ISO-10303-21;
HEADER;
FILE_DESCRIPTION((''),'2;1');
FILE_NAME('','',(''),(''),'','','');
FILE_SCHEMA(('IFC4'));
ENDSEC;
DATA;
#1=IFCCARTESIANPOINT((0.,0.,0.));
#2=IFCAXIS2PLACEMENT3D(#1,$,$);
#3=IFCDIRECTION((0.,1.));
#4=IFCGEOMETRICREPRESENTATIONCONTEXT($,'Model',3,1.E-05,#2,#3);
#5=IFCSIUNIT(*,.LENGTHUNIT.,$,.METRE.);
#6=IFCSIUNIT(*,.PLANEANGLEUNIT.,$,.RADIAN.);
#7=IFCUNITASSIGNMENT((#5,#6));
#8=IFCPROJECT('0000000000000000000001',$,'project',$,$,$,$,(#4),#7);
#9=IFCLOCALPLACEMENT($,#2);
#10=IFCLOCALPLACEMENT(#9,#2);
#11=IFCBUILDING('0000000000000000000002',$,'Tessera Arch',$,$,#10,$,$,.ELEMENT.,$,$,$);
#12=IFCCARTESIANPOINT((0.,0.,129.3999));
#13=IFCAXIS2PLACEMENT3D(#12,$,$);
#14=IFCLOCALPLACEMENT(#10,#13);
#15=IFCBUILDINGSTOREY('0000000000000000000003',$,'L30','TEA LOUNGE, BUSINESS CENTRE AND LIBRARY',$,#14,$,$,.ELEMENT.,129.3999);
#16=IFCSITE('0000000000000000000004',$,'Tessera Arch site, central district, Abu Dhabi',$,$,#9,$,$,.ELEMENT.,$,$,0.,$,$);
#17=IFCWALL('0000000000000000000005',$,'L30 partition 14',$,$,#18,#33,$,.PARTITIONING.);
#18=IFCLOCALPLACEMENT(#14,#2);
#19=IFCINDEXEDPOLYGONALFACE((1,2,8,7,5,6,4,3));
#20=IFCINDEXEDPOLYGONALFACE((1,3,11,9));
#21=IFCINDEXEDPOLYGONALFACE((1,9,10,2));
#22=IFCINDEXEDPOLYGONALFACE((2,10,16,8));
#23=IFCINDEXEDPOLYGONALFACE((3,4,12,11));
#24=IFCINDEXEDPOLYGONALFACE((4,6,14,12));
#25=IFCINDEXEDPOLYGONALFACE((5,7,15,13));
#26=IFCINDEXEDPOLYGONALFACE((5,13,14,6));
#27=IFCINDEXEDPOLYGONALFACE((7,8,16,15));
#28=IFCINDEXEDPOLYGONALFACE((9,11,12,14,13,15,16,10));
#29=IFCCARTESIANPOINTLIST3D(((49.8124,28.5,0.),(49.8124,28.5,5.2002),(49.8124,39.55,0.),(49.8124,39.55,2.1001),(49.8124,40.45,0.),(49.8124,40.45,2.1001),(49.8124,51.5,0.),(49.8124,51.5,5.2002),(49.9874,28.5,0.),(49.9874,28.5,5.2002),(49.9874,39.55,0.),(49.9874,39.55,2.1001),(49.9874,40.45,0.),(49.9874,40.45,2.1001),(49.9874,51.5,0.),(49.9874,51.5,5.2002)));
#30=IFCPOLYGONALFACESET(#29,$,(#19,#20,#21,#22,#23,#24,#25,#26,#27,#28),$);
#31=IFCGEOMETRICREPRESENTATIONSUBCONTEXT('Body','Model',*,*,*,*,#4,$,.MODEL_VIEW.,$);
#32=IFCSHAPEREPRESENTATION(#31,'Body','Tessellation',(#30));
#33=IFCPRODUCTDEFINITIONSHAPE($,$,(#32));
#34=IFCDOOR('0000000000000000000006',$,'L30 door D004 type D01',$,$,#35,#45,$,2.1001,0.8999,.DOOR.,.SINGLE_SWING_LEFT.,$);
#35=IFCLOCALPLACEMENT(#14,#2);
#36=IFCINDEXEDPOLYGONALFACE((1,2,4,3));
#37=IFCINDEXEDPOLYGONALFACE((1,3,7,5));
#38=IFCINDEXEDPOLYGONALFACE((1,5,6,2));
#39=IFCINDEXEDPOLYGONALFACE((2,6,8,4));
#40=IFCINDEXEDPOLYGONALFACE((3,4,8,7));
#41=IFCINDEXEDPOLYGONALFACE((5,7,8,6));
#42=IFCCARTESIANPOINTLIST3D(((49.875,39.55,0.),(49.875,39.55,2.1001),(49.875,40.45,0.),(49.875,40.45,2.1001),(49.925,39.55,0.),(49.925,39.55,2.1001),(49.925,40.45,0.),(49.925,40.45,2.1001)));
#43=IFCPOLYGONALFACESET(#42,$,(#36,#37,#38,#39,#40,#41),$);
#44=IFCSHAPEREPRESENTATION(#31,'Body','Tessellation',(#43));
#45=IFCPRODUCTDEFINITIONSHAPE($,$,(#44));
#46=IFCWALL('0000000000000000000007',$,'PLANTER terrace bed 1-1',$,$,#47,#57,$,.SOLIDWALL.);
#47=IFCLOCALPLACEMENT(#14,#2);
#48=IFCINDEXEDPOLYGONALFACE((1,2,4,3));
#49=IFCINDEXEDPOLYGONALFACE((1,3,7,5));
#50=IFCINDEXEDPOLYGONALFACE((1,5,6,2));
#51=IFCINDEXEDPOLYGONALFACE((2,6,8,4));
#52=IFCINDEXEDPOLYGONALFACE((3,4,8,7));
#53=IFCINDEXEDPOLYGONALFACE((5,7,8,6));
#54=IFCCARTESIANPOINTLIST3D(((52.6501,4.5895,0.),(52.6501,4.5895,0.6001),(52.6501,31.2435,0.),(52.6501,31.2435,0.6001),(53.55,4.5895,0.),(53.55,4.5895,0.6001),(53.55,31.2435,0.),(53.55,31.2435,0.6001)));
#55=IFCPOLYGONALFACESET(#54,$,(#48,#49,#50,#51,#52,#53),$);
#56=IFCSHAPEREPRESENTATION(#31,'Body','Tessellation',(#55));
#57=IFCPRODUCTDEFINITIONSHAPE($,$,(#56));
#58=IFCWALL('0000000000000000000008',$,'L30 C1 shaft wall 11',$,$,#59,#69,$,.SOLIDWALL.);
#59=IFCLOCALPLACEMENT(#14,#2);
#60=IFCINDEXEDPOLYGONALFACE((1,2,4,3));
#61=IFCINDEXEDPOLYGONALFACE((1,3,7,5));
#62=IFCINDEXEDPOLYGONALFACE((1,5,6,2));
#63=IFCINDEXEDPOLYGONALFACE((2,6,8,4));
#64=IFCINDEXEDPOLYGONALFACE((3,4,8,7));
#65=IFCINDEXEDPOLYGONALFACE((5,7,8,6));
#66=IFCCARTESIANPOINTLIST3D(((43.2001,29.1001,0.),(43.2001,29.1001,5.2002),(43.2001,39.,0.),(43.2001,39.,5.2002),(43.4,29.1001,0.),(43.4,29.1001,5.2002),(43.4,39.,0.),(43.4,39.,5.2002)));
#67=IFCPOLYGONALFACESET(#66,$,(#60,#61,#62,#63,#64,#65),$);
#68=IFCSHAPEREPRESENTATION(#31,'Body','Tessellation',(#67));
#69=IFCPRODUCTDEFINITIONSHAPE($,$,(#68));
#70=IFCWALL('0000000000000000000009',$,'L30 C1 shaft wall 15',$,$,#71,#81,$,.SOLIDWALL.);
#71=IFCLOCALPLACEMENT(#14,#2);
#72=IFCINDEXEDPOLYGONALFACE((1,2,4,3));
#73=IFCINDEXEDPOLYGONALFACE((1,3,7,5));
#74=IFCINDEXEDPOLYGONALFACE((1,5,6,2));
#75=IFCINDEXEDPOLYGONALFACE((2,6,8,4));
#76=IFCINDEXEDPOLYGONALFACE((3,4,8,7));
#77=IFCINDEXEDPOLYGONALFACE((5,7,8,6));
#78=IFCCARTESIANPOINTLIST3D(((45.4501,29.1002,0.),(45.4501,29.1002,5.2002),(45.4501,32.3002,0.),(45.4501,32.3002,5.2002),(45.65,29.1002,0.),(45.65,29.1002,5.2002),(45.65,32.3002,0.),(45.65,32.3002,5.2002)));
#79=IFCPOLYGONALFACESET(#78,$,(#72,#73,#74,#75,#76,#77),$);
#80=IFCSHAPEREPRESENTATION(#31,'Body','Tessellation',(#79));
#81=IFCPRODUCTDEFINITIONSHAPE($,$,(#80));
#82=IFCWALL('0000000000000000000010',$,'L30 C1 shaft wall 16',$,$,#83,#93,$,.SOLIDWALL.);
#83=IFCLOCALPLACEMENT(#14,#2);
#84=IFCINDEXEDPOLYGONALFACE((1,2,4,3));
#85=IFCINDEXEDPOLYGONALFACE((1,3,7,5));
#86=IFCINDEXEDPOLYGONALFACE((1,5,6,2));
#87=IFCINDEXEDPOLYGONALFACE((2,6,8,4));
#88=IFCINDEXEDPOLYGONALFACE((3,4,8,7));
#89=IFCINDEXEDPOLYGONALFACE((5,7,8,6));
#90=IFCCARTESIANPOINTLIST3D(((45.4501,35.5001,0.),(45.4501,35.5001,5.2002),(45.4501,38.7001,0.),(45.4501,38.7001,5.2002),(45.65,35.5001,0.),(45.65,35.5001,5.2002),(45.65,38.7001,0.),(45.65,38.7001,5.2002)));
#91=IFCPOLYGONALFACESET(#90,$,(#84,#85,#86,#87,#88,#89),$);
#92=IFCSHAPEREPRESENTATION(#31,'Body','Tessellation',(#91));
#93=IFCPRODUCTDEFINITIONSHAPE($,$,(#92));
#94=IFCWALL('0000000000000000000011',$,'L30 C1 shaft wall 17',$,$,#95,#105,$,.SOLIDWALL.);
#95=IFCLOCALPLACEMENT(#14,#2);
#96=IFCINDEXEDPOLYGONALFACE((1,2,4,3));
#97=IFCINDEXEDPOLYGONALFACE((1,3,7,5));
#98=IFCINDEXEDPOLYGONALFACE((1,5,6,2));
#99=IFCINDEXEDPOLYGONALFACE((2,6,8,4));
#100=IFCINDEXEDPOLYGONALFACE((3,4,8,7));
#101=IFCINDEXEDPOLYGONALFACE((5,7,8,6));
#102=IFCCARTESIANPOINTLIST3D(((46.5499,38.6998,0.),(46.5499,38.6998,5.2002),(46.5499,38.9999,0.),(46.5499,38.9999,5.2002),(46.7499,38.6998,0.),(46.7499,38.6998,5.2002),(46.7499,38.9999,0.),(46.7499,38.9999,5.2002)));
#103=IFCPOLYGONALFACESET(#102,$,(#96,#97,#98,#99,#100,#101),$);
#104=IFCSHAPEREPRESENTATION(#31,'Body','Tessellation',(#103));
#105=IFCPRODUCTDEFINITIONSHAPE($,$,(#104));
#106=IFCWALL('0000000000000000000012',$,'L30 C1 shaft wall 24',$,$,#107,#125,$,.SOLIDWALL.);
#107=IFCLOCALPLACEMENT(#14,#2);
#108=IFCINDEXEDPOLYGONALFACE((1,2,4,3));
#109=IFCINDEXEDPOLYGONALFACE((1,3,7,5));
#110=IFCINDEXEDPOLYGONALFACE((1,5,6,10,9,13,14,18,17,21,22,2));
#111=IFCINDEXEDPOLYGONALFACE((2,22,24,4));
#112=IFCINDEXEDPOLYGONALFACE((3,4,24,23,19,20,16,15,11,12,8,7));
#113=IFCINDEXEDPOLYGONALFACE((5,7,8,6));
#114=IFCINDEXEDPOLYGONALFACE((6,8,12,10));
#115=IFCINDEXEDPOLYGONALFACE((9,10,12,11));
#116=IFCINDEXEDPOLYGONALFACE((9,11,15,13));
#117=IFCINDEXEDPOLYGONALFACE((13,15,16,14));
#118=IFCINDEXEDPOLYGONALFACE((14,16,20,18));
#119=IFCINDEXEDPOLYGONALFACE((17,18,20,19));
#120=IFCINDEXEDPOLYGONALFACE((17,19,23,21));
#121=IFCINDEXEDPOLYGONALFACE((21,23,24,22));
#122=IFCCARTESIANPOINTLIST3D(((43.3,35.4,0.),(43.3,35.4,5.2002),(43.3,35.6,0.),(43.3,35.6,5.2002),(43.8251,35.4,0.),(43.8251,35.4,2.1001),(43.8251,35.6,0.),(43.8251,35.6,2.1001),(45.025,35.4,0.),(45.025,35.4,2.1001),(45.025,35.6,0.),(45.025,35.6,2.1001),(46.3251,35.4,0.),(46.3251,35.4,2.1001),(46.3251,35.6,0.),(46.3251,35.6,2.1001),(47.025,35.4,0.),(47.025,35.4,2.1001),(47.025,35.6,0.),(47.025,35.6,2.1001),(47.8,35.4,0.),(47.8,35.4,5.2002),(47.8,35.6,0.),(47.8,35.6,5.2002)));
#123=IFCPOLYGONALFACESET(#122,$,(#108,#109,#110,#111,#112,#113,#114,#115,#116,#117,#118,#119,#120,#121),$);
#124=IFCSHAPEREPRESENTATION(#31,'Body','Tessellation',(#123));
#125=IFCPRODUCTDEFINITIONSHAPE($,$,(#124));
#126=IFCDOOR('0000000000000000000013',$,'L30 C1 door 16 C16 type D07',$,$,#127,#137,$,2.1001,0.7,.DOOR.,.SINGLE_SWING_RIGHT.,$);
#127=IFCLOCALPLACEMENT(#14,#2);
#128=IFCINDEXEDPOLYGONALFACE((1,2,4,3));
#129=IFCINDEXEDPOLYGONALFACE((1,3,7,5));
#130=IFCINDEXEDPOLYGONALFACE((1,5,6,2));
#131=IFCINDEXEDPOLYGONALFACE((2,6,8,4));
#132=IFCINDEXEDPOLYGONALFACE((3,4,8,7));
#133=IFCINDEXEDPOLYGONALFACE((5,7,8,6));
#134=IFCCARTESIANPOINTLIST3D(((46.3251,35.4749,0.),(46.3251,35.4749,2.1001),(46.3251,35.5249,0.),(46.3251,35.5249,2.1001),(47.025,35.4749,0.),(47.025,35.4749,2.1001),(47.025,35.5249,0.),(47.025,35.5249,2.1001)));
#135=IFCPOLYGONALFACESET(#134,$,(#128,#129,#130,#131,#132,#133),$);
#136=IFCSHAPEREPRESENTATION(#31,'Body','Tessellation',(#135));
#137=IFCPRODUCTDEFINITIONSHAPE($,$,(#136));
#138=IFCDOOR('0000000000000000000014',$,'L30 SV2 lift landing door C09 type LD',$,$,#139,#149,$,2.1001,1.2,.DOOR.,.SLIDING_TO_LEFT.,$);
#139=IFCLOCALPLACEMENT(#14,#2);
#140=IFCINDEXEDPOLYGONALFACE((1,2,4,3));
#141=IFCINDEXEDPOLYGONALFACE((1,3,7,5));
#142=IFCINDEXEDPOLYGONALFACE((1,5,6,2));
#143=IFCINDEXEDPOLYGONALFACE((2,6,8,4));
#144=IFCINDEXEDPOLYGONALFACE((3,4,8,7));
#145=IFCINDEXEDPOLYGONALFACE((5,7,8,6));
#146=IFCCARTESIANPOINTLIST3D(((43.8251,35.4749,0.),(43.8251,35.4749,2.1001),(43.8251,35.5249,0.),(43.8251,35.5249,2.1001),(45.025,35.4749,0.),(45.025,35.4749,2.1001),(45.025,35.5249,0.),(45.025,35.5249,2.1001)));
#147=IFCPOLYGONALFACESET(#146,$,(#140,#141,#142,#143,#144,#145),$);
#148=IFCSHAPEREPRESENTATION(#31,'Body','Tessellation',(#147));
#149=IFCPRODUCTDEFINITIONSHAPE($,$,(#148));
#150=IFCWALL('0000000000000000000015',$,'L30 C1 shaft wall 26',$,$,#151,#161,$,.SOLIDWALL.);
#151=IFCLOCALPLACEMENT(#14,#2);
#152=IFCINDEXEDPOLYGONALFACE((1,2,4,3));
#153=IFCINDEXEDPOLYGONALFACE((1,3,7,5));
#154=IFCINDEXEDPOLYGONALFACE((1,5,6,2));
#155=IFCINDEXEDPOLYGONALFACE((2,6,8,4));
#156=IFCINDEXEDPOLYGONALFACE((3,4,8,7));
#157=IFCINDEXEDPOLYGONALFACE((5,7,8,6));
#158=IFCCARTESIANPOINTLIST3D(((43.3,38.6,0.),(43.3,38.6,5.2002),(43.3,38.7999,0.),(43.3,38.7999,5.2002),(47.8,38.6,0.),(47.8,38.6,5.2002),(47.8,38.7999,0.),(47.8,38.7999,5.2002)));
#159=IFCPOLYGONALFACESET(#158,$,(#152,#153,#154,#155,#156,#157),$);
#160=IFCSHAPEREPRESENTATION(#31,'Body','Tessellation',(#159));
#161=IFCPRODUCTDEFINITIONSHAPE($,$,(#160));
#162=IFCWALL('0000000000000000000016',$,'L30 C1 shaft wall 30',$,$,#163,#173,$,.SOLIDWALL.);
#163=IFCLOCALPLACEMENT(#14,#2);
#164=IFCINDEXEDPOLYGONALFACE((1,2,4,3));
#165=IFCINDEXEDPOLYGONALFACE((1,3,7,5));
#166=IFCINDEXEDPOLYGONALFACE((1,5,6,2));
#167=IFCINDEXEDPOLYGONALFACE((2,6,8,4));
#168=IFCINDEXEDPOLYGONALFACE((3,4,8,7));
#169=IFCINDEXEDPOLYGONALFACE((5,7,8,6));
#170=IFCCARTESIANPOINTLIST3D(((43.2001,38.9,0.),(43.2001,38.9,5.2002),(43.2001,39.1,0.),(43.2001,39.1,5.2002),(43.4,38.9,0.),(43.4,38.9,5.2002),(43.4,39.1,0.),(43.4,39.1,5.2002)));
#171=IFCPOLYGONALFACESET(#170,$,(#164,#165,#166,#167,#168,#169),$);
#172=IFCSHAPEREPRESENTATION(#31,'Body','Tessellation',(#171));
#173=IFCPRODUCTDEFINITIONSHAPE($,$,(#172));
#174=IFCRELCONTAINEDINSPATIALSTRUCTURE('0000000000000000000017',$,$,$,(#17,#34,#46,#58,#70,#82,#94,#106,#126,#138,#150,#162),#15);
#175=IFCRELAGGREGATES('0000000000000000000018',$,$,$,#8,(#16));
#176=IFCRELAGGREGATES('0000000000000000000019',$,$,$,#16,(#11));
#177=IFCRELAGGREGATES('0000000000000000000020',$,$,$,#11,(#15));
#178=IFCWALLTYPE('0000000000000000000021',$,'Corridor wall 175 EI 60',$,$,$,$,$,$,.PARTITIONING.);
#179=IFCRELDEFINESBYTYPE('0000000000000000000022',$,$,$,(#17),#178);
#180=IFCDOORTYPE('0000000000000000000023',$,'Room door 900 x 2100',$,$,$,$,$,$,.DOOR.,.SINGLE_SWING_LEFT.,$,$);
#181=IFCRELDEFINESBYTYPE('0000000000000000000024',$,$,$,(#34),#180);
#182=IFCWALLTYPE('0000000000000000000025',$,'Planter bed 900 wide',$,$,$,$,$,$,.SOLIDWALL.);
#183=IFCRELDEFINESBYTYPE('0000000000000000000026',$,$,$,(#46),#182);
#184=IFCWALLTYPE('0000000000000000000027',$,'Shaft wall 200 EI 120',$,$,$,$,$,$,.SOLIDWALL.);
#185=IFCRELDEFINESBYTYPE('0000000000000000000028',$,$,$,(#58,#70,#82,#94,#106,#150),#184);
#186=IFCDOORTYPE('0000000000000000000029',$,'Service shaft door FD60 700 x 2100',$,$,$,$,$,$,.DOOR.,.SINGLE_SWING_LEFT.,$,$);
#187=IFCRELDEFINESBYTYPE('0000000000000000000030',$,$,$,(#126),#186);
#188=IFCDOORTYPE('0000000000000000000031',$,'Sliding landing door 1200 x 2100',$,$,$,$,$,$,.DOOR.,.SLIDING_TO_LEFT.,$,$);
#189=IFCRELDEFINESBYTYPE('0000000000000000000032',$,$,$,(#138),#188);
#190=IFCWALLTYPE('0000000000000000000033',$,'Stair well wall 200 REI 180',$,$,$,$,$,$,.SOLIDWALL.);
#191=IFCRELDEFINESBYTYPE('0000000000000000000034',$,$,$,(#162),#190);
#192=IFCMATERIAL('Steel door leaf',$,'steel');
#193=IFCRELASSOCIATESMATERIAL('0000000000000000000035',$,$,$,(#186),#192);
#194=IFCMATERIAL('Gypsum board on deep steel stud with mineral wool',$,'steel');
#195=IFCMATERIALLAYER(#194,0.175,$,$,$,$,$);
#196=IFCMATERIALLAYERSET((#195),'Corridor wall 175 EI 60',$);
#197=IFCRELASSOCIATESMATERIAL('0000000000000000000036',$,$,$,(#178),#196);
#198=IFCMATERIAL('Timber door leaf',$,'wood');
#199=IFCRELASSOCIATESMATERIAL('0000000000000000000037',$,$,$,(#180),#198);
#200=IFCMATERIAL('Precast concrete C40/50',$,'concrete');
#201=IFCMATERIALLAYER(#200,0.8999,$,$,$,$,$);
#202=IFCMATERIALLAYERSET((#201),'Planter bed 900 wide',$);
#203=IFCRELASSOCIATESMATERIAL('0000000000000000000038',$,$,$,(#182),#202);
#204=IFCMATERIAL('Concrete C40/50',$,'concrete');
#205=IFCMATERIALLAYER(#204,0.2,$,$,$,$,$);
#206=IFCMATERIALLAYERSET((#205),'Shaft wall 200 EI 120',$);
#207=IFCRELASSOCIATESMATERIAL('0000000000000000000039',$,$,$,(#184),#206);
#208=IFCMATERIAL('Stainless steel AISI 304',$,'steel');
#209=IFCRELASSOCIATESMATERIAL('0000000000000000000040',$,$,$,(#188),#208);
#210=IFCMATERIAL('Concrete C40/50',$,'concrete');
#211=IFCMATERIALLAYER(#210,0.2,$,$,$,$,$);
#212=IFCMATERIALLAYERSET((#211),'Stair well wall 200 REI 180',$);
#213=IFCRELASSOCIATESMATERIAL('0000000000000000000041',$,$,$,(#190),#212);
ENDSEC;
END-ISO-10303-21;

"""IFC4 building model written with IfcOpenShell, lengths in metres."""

from ifc_helpers import new_model, si_unit, direction, frame, frame_2d, origin, place, context, subcontext, project, spatial, rectangle, extrude, material, layer, layer_set, type_object, element, fill, save


model = new_model("IFC4")

# Units and contexts
model_context = context("Model", 3, precision=1e-05, world=origin(), true_north=direction((0.0, 1.0)))
body_context = subcontext(model_context, "Body", "Model", "MODEL_VIEW")
ifc_project = project(units=[si_unit("LENGTHUNIT", "METRE"), si_unit("PLANEANGLEUNIT", "RADIAN")], contexts=[model_context])

# Site, building, storey
site_placement = place(None, origin())
site = spatial("IfcSite", under=ifc_project, at=site_placement, Name="Tessera Arch site, central district, Abu Dhabi", CompositionType="ELEMENT", RefElevation=0.0)
building_placement = place(site_placement, origin())
building = spatial("IfcBuilding", under=site, at=building_placement, Name="Tessera Arch", CompositionType="ELEMENT")
storey_placement = place(building_placement, frame((0.0, 0.0, 129.3999)))
storey = spatial("IfcBuildingStorey", under=building, at=storey_placement, Name="L30", Description="TEA LOUNGE, BUSINESS CENTRE AND LIBRARY", CompositionType="ELEMENT", Elevation=129.3999)

# Shared definitions
ifc_material_1 = material(Name="Steel door leaf", Category="steel")
door_type_1 = type_object("IfcDoorType", Name="Service shaft door FD60 700 x 2100", OperationType="SINGLE_SWING_LEFT", PredefinedType="DOOR", material=ifc_material_1)

# Wall, opening, door
ifc_material_2 = material(Name="Gypsum board on deep steel stud with mineral wool", Category="steel")
ifc_layer_1 = layer(ifc_material_2, 0.175)
ifc_layer_set_1 = layer_set([ifc_layer_1], Name="Corridor wall 175 EI 60")
wall_type_1 = type_object("IfcWallType", Name="Corridor wall 175 EI 60", PredefinedType="PARTITIONING", material=ifc_layer_set_1)
wall_1_placement = place(storey_placement, frame((49.8999, 28.5, 0.0), z_axis=(0.0, 0.0, 1.0), x_axis=(0.0, 1.0, 0.0)))
wall_1 = element("IfcWall", 1, at=wall_1_placement, inside=storey, type_object=wall_type_1, Name="L30 partition 14", PredefinedType="PARTITIONING", context=body_context, shape_type="SweptSolid", body=[
    extrude(rectangle(XDim=23.0, YDim=0.175, at=frame_2d((11.5, 0.0))), origin(), (0.0, 0.0, 1.0), 5.2002),
])
opening_1_placement = place(wall_1_placement, frame((11.05, 0.0, 0.0)))
opening_1 = element("IfcOpeningElement", 2, at=opening_1_placement, cuts=wall_1, PredefinedType="OPENING", context=body_context, shape_type="SweptSolid", body=[
    extrude(rectangle(XDim=0.8999, YDim=2.1001, at=frame_2d((0.45, 1.05))), frame((0.0, 0.0974, 0.0), z_axis=(0.0, -1.0, 0.0), x_axis=(1.0, 0.0, 0.0)), (0.0, 0.0, 1.0), 0.1951),
])
ifc_material_3 = material(Name="Timber door leaf", Category="wood")
door_type_2 = type_object("IfcDoorType", Name="Room door 900 x 2100", OperationType="SINGLE_SWING_LEFT", PredefinedType="DOOR", material=ifc_material_3)
door_1_placement = place(opening_1_placement, origin())
door_1 = element("IfcDoor", 3, at=door_1_placement, inside=storey, type_object=door_type_2, Name="L30 door D004 type D01", OperationType="SINGLE_SWING_LEFT", OverallHeight=2.1001, OverallWidth=0.8999, PredefinedType="DOOR", context=body_context, shape_type="SweptSolid", body=[
    extrude(rectangle(XDim=0.8999, YDim=2.1001, at=frame_2d((0.45, 1.05))), frame((0.0, 0.0249, 0.0), z_axis=(0.0, -1.0, 0.0), x_axis=(1.0, 0.0, 0.0)), (0.0, 0.0, 1.0), 0.05),
])
fill(opening_1, door_1)

# Walls
ifc_material_4 = material(Name="Precast concrete C40/50", Category="concrete")
ifc_layer_2 = layer(ifc_material_4, 0.8999)
ifc_layer_set_2 = layer_set([ifc_layer_2], Name="Planter bed 900 wide")
wall_type_2 = type_object("IfcWallType", Name="Planter bed 900 wide", PredefinedType="SOLIDWALL", material=ifc_layer_set_2)
wall_2_placement = place(storey_placement, frame((53.1001, 31.2437, 0.0), z_axis=(0.0, 0.0, 1.0), x_axis=(0.0, -1.0, 0.0)))
element("IfcWall", 4, at=wall_2_placement, inside=storey, type_object=wall_type_2, Name="PLANTER terrace bed 1-1", PredefinedType="SOLIDWALL", context=body_context, shape_type="SweptSolid", body=[
    extrude(rectangle(XDim=26.6541, YDim=0.8999, at=frame_2d((13.3271, 0.0))), origin(), (0.0, 0.0, 1.0), 0.6001),
])
ifc_material_5 = material(Name="Concrete C40/50", Category="concrete")
ifc_layer_3 = layer(ifc_material_5, 0.2)
ifc_layer_set_3 = layer_set([ifc_layer_3], Name="Shaft wall 200 EI 120")
wall_type_3 = type_object("IfcWallType", Name="Shaft wall 200 EI 120", PredefinedType="SOLIDWALL", material=ifc_layer_set_3)
wall_3_placement = place(storey_placement, frame((43.3, 29.1001, 0.0), z_axis=(0.0, 0.0, 1.0), x_axis=(0.0, 1.0, 0.0)))
element("IfcWall", 5, at=wall_3_placement, inside=storey, type_object=wall_type_3, Name="L30 C1 shaft wall 11", PredefinedType="SOLIDWALL", context=body_context, shape_type="SweptSolid", body=[
    extrude(rectangle(XDim=9.8999, YDim=0.2, at=frame_2d((4.95, 0.0))), origin(), (0.0, 0.0, 1.0), 5.2002),
])
for number, where, z_axis, x_axis, name in (
    (6, (45.55, 29.1001, 0.0), (0.0, 0.0, 1.0), (0.0, 1.0, 0.0), "L30 C1 shaft wall 15"),
    (7, (45.55, 35.5, 0.0), (0.0, 0.0, 1.0), (0.0, 1.0, 0.0), "L30 C1 shaft wall 16"),
):
    element("IfcWall", number, at=place(storey_placement, frame(where, z_axis=z_axis, x_axis=x_axis)), inside=storey, type_object=wall_type_3, Name=name, PredefinedType="SOLIDWALL", context=body_context, shape_type="SweptSolid", body=[
        extrude(rectangle(XDim=3.2, YDim=0.2, at=frame_2d((1.6001, 0.0))), origin(), (0.0, 0.0, 1.0), 5.2002),
    ])
wall_4_placement = place(storey_placement, frame((46.6499, 38.7, 0.0), z_axis=(0.0, 0.0, 1.0), x_axis=(0.0, 1.0, 0.0)))
element("IfcWall", 8, at=wall_4_placement, inside=storey, type_object=wall_type_3, Name="L30 C1 shaft wall 17", PredefinedType="SOLIDWALL", context=body_context, shape_type="SweptSolid", body=[
    extrude(rectangle(XDim=0.3, YDim=0.2, at=frame_2d((0.1499, 0.0))), origin(), (0.0, 0.0, 1.0), 5.2002),
])

# Wall, openings, doors
wall_5_placement = place(storey_placement, frame((43.3, 35.5, 0.0), z_axis=(0.0, 0.0, 1.0), x_axis=(1.0, 0.0, 0.0)))
wall_5 = element("IfcWall", 9, at=wall_5_placement, inside=storey, type_object=wall_type_3, Name="L30 C1 shaft wall 24", PredefinedType="SOLIDWALL", context=body_context, shape_type="SweptSolid", body=[
    extrude(rectangle(XDim=4.5, YDim=0.2, at=frame_2d((2.25, 0.0))), origin(), (0.0, 0.0, 1.0), 5.2002),
])
opening_2_placement = place(wall_5_placement, frame((0.5249, 0.0, 0.0)))
opening_2 = element("IfcOpeningElement", 10, at=opening_2_placement, cuts=wall_5, PredefinedType="OPENING", context=body_context, shape_type="SweptSolid", body=[
    extrude(rectangle(XDim=1.2, YDim=2.1001, at=frame_2d((0.6001, 1.05))), frame((0.0, 0.1099, 0.0), z_axis=(0.0, -1.0, 0.0), x_axis=(1.0, 0.0, 0.0)), (0.0, 0.0, 1.0), 0.22),
])
opening_3_placement = place(wall_5_placement, frame((3.0249, 0.0, 0.0)))
opening_3 = element("IfcOpeningElement", 11, at=opening_3_placement, cuts=wall_5, PredefinedType="OPENING", context=body_context, shape_type="SweptSolid", body=[
    extrude(rectangle(XDim=0.7, YDim=2.1001, at=frame_2d((0.3501, 1.05))), frame((0.0, 0.1099, 0.0), z_axis=(0.0, -1.0, 0.0), x_axis=(1.0, 0.0, 0.0)), (0.0, 0.0, 1.0), 0.22),
])
door_2_placement = place(opening_3_placement, origin())
door_2 = element("IfcDoor", 12, at=door_2_placement, inside=storey, type_object=door_type_1, Name="L30 C1 door 16 C16 type D07", OperationType="SINGLE_SWING_RIGHT", OverallHeight=2.1001, OverallWidth=0.7, PredefinedType="DOOR", context=body_context, shape_type="SweptSolid", body=[
    extrude(rectangle(XDim=0.7, YDim=2.1001, at=frame_2d((0.3501, 1.05))), frame((0.0, 0.0249, 0.0), z_axis=(0.0, -1.0, 0.0), x_axis=(1.0, 0.0, 0.0)), (0.0, 0.0, 1.0), 0.05),
])
fill(opening_3, door_2)
ifc_material_6 = material(Name="Stainless steel AISI 304", Category="steel")
door_type_3 = type_object("IfcDoorType", Name="Sliding landing door 1200 x 2100", OperationType="SLIDING_TO_LEFT", PredefinedType="DOOR", material=ifc_material_6)
door_3_placement = place(opening_2_placement, origin())
door_3 = element("IfcDoor", 13, at=door_3_placement, inside=storey, type_object=door_type_3, Name="L30 SV2 lift landing door C09 type LD", OperationType="SLIDING_TO_LEFT", OverallHeight=2.1001, OverallWidth=1.2, PredefinedType="DOOR", context=body_context, shape_type="SweptSolid", body=[
    extrude(rectangle(XDim=1.2, YDim=2.1001, at=frame_2d((0.6001, 1.05))), frame((0.0, 0.0249, 0.0), z_axis=(0.0, -1.0, 0.0), x_axis=(1.0, 0.0, 0.0)), (0.0, 0.0, 1.0), 0.05),
])
fill(opening_2, door_3)

# Walls
wall_6_placement = place(storey_placement, frame((43.3, 38.7, 0.0), z_axis=(0.0, 0.0, 1.0), x_axis=(1.0, 0.0, 0.0)))
element("IfcWall", 14, at=wall_6_placement, inside=storey, type_object=wall_type_3, Name="L30 C1 shaft wall 26", PredefinedType="SOLIDWALL", context=body_context, shape_type="SweptSolid", body=[
    extrude(rectangle(XDim=4.5, YDim=0.2, at=frame_2d((2.25, 0.0))), origin(), (0.0, 0.0, 1.0), 5.2002),
])
ifc_material_7 = material(Name="Concrete C40/50", Category="concrete")
ifc_layer_4 = layer(ifc_material_7, 0.2)
ifc_layer_set_4 = layer_set([ifc_layer_4], Name="Stair well wall 200 REI 180")
wall_type_4 = type_object("IfcWallType", Name="Stair well wall 200 REI 180", PredefinedType="SOLIDWALL", material=ifc_layer_set_4)
wall_7_placement = place(storey_placement, frame((43.2, 39.0, 0.0), z_axis=(0.0, 0.0, 1.0), x_axis=(1.0, 0.0, 0.0)))
element("IfcWall", 15, at=wall_7_placement, inside=storey, type_object=wall_type_4, Name="L30 C1 shaft wall 30", PredefinedType="SOLIDWALL", context=body_context, shape_type="SweptSolid", body=[
    extrude(rectangle(XDim=0.2, YDim=0.2, at=frame_2d((0.1001, 0.0))), origin(), (0.0, 0.0, 1.0), 5.2002),
])

save(model, "model.ifc")
